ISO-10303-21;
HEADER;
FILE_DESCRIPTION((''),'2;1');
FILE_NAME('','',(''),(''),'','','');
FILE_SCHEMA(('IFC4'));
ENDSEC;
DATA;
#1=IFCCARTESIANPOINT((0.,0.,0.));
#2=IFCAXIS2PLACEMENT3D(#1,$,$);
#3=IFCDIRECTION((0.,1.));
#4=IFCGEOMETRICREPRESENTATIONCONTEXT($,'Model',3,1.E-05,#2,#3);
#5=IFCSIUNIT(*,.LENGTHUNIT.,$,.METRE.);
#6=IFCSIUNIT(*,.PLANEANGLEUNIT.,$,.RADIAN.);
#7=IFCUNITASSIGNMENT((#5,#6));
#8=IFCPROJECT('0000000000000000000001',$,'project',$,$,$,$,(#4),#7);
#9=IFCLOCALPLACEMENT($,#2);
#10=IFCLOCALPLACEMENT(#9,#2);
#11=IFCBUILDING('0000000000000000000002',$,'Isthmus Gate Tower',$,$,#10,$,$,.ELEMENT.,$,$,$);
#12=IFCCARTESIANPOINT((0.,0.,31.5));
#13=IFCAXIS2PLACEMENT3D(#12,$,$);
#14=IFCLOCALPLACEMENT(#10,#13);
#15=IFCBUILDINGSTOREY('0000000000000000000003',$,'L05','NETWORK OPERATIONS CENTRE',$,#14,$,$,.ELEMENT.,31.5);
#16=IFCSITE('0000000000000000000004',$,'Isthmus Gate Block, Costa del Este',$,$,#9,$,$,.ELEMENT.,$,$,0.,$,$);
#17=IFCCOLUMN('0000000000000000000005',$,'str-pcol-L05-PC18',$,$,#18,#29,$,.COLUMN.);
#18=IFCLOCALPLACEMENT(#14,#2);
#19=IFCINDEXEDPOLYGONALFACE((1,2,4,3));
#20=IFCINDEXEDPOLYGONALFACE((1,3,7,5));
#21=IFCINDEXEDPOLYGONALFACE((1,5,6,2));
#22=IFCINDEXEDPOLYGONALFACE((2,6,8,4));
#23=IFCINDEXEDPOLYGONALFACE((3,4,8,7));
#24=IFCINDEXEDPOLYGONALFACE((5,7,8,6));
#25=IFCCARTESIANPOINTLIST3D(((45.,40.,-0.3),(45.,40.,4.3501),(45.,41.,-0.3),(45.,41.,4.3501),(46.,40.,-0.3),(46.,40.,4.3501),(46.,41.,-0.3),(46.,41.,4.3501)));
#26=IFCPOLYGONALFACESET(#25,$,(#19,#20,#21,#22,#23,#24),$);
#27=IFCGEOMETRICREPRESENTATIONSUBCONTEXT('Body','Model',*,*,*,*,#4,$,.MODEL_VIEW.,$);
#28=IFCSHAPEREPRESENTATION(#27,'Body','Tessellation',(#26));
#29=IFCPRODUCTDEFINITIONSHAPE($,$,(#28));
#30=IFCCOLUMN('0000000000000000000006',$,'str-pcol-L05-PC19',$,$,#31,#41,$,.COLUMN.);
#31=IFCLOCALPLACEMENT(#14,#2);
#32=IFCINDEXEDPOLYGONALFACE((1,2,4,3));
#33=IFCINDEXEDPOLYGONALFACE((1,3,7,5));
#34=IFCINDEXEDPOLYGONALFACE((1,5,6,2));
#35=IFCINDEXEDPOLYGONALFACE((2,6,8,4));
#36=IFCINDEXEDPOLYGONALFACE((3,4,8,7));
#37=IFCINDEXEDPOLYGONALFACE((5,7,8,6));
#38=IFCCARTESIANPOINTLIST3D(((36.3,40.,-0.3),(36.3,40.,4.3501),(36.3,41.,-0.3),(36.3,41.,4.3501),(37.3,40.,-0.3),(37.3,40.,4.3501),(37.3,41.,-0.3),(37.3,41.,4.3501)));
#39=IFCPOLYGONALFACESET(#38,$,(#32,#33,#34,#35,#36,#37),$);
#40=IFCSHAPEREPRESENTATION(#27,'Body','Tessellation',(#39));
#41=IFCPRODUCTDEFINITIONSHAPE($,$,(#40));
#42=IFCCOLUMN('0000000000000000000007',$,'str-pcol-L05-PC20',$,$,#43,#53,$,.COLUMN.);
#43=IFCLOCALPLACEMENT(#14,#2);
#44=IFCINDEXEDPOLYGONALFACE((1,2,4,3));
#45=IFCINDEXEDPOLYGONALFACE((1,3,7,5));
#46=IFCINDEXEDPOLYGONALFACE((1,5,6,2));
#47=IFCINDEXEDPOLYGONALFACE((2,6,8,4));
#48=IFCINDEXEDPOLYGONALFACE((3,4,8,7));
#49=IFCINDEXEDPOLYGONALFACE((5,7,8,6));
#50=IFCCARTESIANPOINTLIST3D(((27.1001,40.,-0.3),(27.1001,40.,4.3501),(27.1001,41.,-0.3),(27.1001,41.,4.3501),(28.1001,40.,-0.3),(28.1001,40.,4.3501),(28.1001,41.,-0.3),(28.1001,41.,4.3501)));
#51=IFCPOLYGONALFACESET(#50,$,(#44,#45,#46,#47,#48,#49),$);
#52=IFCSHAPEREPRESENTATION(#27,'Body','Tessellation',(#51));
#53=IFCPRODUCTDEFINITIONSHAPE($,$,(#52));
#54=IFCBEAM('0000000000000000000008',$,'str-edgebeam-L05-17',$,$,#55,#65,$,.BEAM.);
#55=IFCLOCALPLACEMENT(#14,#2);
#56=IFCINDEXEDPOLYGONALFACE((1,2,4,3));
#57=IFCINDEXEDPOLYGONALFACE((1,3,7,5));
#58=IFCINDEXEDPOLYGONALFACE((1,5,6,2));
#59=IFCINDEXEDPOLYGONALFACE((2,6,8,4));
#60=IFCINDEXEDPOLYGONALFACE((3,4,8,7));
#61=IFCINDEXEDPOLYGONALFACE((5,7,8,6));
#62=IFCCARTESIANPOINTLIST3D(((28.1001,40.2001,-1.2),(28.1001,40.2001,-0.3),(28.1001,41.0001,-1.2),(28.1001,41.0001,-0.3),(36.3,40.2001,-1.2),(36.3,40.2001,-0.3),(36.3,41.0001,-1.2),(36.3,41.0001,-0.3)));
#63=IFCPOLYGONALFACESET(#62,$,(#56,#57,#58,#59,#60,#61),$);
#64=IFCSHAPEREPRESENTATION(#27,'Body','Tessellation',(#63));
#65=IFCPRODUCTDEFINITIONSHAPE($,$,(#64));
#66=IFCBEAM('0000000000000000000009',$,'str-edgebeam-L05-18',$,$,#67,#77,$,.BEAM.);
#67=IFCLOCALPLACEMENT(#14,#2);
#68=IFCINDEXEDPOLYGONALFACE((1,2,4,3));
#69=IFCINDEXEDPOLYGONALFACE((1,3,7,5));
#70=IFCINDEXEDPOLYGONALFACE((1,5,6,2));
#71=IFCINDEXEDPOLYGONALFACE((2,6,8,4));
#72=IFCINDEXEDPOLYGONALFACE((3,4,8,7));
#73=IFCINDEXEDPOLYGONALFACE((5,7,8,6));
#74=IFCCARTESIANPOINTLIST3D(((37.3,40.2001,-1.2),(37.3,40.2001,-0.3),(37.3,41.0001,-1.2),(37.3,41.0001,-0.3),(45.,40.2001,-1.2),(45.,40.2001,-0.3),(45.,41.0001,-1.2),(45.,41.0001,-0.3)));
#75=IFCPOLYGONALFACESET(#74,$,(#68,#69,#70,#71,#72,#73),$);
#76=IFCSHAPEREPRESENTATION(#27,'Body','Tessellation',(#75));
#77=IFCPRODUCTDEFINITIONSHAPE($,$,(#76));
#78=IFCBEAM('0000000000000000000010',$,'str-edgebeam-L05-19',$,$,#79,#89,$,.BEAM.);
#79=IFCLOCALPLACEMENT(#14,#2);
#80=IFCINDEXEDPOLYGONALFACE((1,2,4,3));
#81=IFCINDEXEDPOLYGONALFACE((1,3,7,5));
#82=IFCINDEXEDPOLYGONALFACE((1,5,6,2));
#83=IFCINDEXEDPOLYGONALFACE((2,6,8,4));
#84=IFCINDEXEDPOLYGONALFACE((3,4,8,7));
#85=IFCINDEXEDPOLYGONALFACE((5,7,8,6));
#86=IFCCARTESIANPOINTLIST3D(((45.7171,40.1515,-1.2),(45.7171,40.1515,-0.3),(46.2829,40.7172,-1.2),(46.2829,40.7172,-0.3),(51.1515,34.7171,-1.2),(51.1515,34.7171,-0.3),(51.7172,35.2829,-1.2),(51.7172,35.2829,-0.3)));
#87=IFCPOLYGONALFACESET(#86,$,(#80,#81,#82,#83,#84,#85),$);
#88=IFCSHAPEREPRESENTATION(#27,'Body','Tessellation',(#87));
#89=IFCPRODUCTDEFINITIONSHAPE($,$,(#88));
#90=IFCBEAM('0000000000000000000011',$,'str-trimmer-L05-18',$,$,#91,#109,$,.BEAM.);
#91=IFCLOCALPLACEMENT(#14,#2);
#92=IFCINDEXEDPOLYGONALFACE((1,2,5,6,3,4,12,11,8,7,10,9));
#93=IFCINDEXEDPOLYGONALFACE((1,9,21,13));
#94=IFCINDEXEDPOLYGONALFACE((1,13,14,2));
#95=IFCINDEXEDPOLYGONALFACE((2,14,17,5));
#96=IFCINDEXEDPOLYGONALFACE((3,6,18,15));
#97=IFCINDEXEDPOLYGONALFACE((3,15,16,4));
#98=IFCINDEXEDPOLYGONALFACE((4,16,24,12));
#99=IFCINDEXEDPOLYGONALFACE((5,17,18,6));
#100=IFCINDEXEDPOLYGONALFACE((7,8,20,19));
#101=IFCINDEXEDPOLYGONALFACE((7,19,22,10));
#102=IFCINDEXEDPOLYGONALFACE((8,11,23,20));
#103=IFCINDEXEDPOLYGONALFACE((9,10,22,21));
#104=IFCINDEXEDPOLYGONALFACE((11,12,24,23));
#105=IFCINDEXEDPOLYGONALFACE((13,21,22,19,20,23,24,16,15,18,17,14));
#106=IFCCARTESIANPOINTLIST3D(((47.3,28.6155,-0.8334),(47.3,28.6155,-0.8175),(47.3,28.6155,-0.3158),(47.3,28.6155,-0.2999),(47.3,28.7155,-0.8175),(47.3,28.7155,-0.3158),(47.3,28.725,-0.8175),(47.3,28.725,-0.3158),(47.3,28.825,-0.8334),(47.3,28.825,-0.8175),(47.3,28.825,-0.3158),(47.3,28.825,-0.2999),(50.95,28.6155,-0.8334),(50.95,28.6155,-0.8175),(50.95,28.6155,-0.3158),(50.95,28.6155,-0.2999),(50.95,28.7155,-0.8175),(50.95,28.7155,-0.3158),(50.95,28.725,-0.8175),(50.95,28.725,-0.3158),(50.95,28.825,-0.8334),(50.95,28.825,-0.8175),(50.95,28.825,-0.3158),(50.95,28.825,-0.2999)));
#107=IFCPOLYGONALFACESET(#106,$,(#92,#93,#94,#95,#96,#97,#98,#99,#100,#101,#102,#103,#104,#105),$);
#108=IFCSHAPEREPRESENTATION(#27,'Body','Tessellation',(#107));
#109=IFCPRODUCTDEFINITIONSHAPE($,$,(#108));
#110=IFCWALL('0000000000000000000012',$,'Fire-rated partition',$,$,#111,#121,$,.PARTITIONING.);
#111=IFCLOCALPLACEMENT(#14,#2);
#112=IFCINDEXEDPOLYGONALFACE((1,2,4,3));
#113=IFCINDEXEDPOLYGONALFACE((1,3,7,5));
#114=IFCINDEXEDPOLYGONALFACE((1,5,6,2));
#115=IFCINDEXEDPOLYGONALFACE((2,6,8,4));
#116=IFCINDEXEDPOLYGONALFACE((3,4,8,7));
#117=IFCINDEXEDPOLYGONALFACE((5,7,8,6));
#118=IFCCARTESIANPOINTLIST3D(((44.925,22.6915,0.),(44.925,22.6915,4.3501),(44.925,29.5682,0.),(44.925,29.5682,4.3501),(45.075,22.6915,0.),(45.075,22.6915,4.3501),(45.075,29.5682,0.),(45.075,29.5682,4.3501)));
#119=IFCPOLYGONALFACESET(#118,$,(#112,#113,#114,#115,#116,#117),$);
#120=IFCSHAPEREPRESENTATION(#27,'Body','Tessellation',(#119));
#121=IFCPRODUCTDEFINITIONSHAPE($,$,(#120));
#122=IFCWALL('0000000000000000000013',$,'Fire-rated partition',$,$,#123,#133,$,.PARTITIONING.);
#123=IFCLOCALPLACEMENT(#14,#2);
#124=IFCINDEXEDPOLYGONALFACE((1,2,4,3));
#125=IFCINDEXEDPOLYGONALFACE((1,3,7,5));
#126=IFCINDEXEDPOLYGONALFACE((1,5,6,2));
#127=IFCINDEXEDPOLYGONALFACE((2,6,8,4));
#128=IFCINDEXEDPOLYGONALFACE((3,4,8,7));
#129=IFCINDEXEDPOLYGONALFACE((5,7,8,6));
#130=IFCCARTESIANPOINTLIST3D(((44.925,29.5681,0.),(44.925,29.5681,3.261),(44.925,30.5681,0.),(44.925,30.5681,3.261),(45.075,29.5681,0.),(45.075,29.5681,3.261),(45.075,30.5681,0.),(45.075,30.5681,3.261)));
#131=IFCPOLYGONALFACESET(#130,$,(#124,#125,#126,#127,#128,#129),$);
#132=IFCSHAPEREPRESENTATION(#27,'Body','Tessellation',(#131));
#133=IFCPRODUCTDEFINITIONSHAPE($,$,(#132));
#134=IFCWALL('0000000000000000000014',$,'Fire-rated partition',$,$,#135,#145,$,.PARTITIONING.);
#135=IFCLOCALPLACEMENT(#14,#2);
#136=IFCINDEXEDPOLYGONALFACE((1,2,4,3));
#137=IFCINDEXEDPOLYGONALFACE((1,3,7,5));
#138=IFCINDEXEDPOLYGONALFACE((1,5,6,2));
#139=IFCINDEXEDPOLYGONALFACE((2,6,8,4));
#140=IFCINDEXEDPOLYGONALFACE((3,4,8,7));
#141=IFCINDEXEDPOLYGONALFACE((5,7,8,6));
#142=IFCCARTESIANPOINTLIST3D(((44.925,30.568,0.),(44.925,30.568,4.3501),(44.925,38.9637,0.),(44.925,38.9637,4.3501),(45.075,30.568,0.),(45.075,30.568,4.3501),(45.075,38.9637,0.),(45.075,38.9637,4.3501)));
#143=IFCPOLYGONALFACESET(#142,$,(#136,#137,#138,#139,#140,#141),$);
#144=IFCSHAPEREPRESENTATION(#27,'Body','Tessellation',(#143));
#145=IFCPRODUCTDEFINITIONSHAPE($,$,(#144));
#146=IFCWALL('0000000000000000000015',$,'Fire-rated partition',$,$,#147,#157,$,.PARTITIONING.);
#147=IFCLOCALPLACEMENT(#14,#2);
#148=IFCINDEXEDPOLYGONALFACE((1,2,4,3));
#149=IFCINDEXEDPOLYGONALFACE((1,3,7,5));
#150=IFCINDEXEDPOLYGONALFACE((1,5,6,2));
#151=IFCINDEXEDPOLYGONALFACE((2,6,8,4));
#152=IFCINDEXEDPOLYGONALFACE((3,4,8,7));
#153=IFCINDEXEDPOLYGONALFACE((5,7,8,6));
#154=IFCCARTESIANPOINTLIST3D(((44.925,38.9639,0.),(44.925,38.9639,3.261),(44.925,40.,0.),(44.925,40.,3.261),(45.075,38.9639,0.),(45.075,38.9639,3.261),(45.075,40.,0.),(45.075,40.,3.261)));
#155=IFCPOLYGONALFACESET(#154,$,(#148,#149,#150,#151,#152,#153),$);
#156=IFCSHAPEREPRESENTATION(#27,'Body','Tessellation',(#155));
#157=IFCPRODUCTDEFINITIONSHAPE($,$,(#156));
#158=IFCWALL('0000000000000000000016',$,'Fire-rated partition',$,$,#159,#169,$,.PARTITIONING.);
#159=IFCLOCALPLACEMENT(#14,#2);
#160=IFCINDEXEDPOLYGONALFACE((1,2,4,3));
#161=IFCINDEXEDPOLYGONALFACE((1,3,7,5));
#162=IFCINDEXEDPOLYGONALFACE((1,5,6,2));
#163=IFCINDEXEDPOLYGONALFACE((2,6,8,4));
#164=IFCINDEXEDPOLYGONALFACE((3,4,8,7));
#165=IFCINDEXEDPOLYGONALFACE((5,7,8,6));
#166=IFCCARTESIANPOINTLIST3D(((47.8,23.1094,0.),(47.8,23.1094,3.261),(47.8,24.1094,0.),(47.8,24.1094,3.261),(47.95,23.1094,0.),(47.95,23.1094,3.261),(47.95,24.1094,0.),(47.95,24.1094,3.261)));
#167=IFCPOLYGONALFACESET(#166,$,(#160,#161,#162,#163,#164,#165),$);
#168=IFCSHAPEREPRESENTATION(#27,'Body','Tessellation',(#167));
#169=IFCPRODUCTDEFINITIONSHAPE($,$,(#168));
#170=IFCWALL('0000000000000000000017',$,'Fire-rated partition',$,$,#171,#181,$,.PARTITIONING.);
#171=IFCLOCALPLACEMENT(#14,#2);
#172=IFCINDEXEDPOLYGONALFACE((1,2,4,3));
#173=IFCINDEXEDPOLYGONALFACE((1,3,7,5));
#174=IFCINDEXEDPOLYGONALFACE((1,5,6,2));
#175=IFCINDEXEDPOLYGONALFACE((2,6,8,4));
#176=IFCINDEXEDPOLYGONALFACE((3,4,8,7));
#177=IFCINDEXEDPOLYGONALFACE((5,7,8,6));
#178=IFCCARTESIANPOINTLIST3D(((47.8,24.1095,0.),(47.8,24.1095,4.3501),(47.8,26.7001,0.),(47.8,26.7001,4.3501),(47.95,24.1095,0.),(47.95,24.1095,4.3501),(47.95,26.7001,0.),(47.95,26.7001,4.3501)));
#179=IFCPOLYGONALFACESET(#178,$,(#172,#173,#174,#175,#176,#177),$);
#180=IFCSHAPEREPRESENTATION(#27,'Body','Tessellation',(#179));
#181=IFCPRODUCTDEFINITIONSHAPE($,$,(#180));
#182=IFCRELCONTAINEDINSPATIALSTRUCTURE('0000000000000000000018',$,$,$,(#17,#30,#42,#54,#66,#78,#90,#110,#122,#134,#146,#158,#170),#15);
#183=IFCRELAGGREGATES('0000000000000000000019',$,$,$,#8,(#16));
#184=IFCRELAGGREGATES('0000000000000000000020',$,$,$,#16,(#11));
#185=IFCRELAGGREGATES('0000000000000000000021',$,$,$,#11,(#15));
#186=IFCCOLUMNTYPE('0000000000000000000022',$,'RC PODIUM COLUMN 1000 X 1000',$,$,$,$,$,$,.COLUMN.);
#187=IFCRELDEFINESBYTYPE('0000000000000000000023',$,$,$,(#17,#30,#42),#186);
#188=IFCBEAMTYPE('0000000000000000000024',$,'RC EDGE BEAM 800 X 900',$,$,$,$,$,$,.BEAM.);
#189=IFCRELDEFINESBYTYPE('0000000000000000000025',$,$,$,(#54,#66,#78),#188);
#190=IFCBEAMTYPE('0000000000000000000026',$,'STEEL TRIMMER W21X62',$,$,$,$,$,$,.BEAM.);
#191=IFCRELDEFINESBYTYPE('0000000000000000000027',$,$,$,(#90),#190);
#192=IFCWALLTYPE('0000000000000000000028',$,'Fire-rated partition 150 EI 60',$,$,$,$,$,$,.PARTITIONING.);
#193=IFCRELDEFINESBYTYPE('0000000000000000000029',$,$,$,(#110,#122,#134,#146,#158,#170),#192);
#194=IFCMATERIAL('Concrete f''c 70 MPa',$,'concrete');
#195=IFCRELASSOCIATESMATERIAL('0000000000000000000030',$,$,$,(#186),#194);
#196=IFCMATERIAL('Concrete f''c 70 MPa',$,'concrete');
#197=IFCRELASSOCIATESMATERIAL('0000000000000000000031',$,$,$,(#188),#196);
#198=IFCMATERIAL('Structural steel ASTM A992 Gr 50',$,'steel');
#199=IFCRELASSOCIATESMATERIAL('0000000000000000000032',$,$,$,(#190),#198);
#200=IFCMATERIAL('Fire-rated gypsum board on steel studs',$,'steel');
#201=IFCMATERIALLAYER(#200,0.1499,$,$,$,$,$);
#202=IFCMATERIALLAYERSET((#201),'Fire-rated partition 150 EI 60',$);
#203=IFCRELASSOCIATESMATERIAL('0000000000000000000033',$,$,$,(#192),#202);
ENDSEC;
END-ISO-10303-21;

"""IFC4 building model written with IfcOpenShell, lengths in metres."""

from ifc_helpers import new_model, si_unit, direction, frame, frame_2d, origin, origin_2d, place, context, subcontext, project, spatial, rectangle, i_section, extrude, material, layer, layer_set, material_profile, profile_set, type_object, element, save


model = new_model("IFC4")

# Units and contexts
model_context = context("Model", 3, precision=1e-05, world=origin(), true_north=direction((0.0, 1.0)))
body_context = subcontext(model_context, "Body", "Model", "MODEL_VIEW")
ifc_project = project(units=[si_unit("LENGTHUNIT", "METRE"), si_unit("PLANEANGLEUNIT", "RADIAN")], contexts=[model_context])

# Site, building, storey
site_placement = place(None, origin())
site = spatial("IfcSite", under=ifc_project, at=site_placement, Name="Isthmus Gate Block, Costa del Este", CompositionType="ELEMENT", RefElevation=0.0)
building_placement = place(site_placement, origin())
building = spatial("IfcBuilding", under=site, at=building_placement, Name="Isthmus Gate Tower", CompositionType="ELEMENT")
storey_placement = place(building_placement, frame((0.0, 0.0, 31.5)))
storey = spatial("IfcBuildingStorey", under=building, at=storey_placement, Name="L05", Description="NETWORK OPERATIONS CENTRE", CompositionType="ELEMENT", Elevation=31.5)

# Columns
ifc_material_1 = material(Name="Concrete f'c 70 MPa", Category="concrete")
ifc_material_profile_1 = material_profile(ifc_material_1, rectangle(XDim=1.0, YDim=1.0, at=origin_2d()), Name="RC 1000X1000")
ifc_profile_set_1 = profile_set([ifc_material_profile_1], Name="Concrete f'c 70 MPa")
column_type = type_object("IfcColumnType", Name="RC PODIUM COLUMN 1000 X 1000", PredefinedType="COLUMN", material=ifc_profile_set_1)
for number, where, z_axis, x_axis, name in (
    (1, (45.5, 40.5, -0.3), (0.0, 0.0, 1.0), (-1.0, 0.0, 0.0), "str-pcol-L05-PC18"),
    (2, (36.8, 40.5, -0.3), (0.0, 0.0, 1.0), (-1.0, 0.0, 0.0), "str-pcol-L05-PC19"),
    (3, (27.6001, 40.5, -0.3), (0.0, 0.0, 1.0), (-1.0, 0.0, 0.0), "str-pcol-L05-PC20"),
):
    element("IfcColumn", number, at=place(storey_placement, frame(where, z_axis=z_axis, x_axis=x_axis)), inside=storey, type_object=column_type, Name=name, PredefinedType="COLUMN", context=body_context, shape_type="SweptSolid", body=[
        extrude(rectangle(XDim=1.0, YDim=1.0, at=origin_2d()), origin(), (0.0, 0.0, 1.0), 4.6501),
    ])

# Beams
ifc_material_2 = material(Name="Concrete f'c 70 MPa", Category="concrete")
ifc_material_profile_2 = material_profile(ifc_material_2, rectangle(XDim=0.8, YDim=0.8999, at=origin_2d()), Name="RC 800X900")
ifc_profile_set_2 = profile_set([ifc_material_profile_2], Name="Concrete f'c 70 MPa")
beam_type_1 = type_object("IfcBeamType", Name="RC EDGE BEAM 800 X 900", PredefinedType="BEAM", material=ifc_profile_set_2)
beam_1_placement = place(storey_placement, frame((28.1001, 40.6001, -0.75), z_axis=(1.0, 0.0, 0.0), x_axis=(0.0, 1.0, 0.0)))
element("IfcBeam", 4, at=beam_1_placement, inside=storey, type_object=beam_type_1, Name="str-edgebeam-L05-17", PredefinedType="BEAM", context=body_context, shape_type="SweptSolid", body=[
    extrude(rectangle(XDim=0.8, YDim=0.8999, at=origin_2d()), origin(), (0.0, 0.0, 1.0), 8.2),
])
beam_2_placement = place(storey_placement, frame((37.3, 40.6001, -0.75), z_axis=(1.0, 0.0, 0.0), x_axis=(0.0, 1.0, 0.0)))
element("IfcBeam", 5, at=beam_2_placement, inside=storey, type_object=beam_type_1, Name="str-edgebeam-L05-18", PredefinedType="BEAM", context=body_context, shape_type="SweptSolid", body=[
    extrude(rectangle(XDim=0.8, YDim=0.8999, at=origin_2d()), origin(), (0.0, 0.0, 1.0), 7.7),
])
beam_3_placement = place(storey_placement, frame((46.0, 40.4343, -0.75), z_axis=(0.707107, -0.707107, 0.0), x_axis=(0.707107, 0.707107, 0.0)))
element("IfcBeam", 6, at=beam_3_placement, inside=storey, type_object=beam_type_1, Name="str-edgebeam-L05-19", PredefinedType="BEAM", context=body_context, shape_type="SweptSolid", body=[
    extrude(rectangle(XDim=0.8, YDim=0.8999, at=origin_2d()), origin(), (0.0, 0.0, 1.0), 7.6853),
])
ifc_material_3 = material(Name="Structural steel ASTM A992 Gr 50", Category="steel")
ifc_material_profile_3 = material_profile(ifc_material_3, i_section(OverallWidth=0.2095, OverallDepth=0.5334, WebThickness=0.0095, FlangeThickness=0.0159, at=origin_2d()), Name="W21X62")
ifc_profile_set_3 = profile_set([ifc_material_profile_3], Name="Structural steel ASTM A992 Gr 50")
beam_type_2 = type_object("IfcBeamType", Name="STEEL TRIMMER W21X62", PredefinedType="BEAM", material=ifc_profile_set_3)
beam_4_placement = place(storey_placement, frame((47.3, 28.7202, -0.5667), z_axis=(1.0, 0.0, 0.0), x_axis=(0.0, 1.0, 0.0)))
element("IfcBeam", 7, at=beam_4_placement, inside=storey, type_object=beam_type_2, Name="str-trimmer-L05-18", PredefinedType="BEAM", context=body_context, shape_type="SweptSolid", body=[
    extrude(i_section(OverallWidth=0.2095, OverallDepth=0.5334, WebThickness=0.0095, FlangeThickness=0.0159, at=origin_2d()), origin(), (0.0, 0.0, 1.0), 3.6499),
])

# Walls
ifc_material_4 = material(Name="Fire-rated gypsum board on steel studs", Category="steel")
ifc_layer_1 = layer(ifc_material_4, 0.1499)
ifc_layer_set_1 = layer_set([ifc_layer_1], Name="Fire-rated partition 150 EI 60")
wall_type_1 = type_object("IfcWallType", Name="Fire-rated partition 150 EI 60", PredefinedType="PARTITIONING", material=ifc_layer_set_1)
wall_1_placement = place(storey_placement, frame((45.0, 22.6914, 0.0), z_axis=(0.0, 0.0, 1.0), x_axis=(0.0, 1.0, 0.0)))
element("IfcWall", 8, at=wall_1_placement, inside=storey, type_object=wall_type_1, Name="Fire-rated partition", PredefinedType="PARTITIONING", context=body_context, shape_type="SweptSolid", body=[
    extrude(rectangle(XDim=6.8767, YDim=0.1499, at=frame_2d((3.4385, 0.0))), origin(), (0.0, 0.0, 1.0), 4.3501),
])
wall_2_placement = place(storey_placement, frame((45.0, 29.5681, 0.0), z_axis=(0.0, 0.0, 1.0), x_axis=(0.0, 1.0, 0.0)))
element("IfcWall", 9, at=wall_2_placement, inside=storey, type_object=wall_type_1, Name="Fire-rated partition", PredefinedType="PARTITIONING", context=body_context, shape_type="SweptSolid", body=[
    extrude(rectangle(XDim=1.0, YDim=0.1499, at=frame_2d((0.5, 0.0))), origin(), (0.0, 0.0, 1.0), 3.261),
])
wall_3_placement = place(storey_placement, frame((45.0, 30.5681, 0.0), z_axis=(0.0, 0.0, 1.0), x_axis=(0.0, 1.0, 0.0)))
element("IfcWall", 10, at=wall_3_placement, inside=storey, type_object=wall_type_1, Name="Fire-rated partition", PredefinedType="PARTITIONING", context=body_context, shape_type="SweptSolid", body=[
    extrude(rectangle(XDim=8.3958, YDim=0.1499, at=frame_2d((4.1978, 0.0))), origin(), (0.0, 0.0, 1.0), 4.3501),
])
wall_4_placement = place(storey_placement, frame((45.0, 38.9639, 0.0), z_axis=(0.0, 0.0, 1.0), x_axis=(0.0, 1.0, 0.0)))
element("IfcWall", 11, at=wall_4_placement, inside=storey, type_object=wall_type_1, Name="Fire-rated partition", PredefinedType="PARTITIONING", context=body_context, shape_type="SweptSolid", body=[
    extrude(rectangle(XDim=1.0361, YDim=0.1499, at=frame_2d((0.5181, 0.0))), origin(), (0.0, 0.0, 1.0), 3.261),
])
wall_5_placement = place(storey_placement, frame((47.875, 23.1094, 0.0), z_axis=(0.0, 0.0, 1.0), x_axis=(0.0, 1.0, 0.0)))
element("IfcWall", 12, at=wall_5_placement, inside=storey, type_object=wall_type_1, Name="Fire-rated partition", PredefinedType="PARTITIONING", context=body_context, shape_type="SweptSolid", body=[
    extrude(rectangle(XDim=1.0, YDim=0.1499, at=frame_2d((0.5, 0.0))), origin(), (0.0, 0.0, 1.0), 3.261),
])
wall_6_placement = place(storey_placement, frame((47.875, 24.1094, 0.0), z_axis=(0.0, 0.0, 1.0), x_axis=(0.0, 1.0, 0.0)))
element("IfcWall", 13, at=wall_6_placement, inside=storey, type_object=wall_type_1, Name="Fire-rated partition", PredefinedType="PARTITIONING", context=body_context, shape_type="SweptSolid", body=[
    extrude(rectangle(XDim=2.5906, YDim=0.1499, at=frame_2d((1.2954, 0.0))), origin(), (0.0, 0.0, 1.0), 4.3501),
])

save(model, "model.ifc")
